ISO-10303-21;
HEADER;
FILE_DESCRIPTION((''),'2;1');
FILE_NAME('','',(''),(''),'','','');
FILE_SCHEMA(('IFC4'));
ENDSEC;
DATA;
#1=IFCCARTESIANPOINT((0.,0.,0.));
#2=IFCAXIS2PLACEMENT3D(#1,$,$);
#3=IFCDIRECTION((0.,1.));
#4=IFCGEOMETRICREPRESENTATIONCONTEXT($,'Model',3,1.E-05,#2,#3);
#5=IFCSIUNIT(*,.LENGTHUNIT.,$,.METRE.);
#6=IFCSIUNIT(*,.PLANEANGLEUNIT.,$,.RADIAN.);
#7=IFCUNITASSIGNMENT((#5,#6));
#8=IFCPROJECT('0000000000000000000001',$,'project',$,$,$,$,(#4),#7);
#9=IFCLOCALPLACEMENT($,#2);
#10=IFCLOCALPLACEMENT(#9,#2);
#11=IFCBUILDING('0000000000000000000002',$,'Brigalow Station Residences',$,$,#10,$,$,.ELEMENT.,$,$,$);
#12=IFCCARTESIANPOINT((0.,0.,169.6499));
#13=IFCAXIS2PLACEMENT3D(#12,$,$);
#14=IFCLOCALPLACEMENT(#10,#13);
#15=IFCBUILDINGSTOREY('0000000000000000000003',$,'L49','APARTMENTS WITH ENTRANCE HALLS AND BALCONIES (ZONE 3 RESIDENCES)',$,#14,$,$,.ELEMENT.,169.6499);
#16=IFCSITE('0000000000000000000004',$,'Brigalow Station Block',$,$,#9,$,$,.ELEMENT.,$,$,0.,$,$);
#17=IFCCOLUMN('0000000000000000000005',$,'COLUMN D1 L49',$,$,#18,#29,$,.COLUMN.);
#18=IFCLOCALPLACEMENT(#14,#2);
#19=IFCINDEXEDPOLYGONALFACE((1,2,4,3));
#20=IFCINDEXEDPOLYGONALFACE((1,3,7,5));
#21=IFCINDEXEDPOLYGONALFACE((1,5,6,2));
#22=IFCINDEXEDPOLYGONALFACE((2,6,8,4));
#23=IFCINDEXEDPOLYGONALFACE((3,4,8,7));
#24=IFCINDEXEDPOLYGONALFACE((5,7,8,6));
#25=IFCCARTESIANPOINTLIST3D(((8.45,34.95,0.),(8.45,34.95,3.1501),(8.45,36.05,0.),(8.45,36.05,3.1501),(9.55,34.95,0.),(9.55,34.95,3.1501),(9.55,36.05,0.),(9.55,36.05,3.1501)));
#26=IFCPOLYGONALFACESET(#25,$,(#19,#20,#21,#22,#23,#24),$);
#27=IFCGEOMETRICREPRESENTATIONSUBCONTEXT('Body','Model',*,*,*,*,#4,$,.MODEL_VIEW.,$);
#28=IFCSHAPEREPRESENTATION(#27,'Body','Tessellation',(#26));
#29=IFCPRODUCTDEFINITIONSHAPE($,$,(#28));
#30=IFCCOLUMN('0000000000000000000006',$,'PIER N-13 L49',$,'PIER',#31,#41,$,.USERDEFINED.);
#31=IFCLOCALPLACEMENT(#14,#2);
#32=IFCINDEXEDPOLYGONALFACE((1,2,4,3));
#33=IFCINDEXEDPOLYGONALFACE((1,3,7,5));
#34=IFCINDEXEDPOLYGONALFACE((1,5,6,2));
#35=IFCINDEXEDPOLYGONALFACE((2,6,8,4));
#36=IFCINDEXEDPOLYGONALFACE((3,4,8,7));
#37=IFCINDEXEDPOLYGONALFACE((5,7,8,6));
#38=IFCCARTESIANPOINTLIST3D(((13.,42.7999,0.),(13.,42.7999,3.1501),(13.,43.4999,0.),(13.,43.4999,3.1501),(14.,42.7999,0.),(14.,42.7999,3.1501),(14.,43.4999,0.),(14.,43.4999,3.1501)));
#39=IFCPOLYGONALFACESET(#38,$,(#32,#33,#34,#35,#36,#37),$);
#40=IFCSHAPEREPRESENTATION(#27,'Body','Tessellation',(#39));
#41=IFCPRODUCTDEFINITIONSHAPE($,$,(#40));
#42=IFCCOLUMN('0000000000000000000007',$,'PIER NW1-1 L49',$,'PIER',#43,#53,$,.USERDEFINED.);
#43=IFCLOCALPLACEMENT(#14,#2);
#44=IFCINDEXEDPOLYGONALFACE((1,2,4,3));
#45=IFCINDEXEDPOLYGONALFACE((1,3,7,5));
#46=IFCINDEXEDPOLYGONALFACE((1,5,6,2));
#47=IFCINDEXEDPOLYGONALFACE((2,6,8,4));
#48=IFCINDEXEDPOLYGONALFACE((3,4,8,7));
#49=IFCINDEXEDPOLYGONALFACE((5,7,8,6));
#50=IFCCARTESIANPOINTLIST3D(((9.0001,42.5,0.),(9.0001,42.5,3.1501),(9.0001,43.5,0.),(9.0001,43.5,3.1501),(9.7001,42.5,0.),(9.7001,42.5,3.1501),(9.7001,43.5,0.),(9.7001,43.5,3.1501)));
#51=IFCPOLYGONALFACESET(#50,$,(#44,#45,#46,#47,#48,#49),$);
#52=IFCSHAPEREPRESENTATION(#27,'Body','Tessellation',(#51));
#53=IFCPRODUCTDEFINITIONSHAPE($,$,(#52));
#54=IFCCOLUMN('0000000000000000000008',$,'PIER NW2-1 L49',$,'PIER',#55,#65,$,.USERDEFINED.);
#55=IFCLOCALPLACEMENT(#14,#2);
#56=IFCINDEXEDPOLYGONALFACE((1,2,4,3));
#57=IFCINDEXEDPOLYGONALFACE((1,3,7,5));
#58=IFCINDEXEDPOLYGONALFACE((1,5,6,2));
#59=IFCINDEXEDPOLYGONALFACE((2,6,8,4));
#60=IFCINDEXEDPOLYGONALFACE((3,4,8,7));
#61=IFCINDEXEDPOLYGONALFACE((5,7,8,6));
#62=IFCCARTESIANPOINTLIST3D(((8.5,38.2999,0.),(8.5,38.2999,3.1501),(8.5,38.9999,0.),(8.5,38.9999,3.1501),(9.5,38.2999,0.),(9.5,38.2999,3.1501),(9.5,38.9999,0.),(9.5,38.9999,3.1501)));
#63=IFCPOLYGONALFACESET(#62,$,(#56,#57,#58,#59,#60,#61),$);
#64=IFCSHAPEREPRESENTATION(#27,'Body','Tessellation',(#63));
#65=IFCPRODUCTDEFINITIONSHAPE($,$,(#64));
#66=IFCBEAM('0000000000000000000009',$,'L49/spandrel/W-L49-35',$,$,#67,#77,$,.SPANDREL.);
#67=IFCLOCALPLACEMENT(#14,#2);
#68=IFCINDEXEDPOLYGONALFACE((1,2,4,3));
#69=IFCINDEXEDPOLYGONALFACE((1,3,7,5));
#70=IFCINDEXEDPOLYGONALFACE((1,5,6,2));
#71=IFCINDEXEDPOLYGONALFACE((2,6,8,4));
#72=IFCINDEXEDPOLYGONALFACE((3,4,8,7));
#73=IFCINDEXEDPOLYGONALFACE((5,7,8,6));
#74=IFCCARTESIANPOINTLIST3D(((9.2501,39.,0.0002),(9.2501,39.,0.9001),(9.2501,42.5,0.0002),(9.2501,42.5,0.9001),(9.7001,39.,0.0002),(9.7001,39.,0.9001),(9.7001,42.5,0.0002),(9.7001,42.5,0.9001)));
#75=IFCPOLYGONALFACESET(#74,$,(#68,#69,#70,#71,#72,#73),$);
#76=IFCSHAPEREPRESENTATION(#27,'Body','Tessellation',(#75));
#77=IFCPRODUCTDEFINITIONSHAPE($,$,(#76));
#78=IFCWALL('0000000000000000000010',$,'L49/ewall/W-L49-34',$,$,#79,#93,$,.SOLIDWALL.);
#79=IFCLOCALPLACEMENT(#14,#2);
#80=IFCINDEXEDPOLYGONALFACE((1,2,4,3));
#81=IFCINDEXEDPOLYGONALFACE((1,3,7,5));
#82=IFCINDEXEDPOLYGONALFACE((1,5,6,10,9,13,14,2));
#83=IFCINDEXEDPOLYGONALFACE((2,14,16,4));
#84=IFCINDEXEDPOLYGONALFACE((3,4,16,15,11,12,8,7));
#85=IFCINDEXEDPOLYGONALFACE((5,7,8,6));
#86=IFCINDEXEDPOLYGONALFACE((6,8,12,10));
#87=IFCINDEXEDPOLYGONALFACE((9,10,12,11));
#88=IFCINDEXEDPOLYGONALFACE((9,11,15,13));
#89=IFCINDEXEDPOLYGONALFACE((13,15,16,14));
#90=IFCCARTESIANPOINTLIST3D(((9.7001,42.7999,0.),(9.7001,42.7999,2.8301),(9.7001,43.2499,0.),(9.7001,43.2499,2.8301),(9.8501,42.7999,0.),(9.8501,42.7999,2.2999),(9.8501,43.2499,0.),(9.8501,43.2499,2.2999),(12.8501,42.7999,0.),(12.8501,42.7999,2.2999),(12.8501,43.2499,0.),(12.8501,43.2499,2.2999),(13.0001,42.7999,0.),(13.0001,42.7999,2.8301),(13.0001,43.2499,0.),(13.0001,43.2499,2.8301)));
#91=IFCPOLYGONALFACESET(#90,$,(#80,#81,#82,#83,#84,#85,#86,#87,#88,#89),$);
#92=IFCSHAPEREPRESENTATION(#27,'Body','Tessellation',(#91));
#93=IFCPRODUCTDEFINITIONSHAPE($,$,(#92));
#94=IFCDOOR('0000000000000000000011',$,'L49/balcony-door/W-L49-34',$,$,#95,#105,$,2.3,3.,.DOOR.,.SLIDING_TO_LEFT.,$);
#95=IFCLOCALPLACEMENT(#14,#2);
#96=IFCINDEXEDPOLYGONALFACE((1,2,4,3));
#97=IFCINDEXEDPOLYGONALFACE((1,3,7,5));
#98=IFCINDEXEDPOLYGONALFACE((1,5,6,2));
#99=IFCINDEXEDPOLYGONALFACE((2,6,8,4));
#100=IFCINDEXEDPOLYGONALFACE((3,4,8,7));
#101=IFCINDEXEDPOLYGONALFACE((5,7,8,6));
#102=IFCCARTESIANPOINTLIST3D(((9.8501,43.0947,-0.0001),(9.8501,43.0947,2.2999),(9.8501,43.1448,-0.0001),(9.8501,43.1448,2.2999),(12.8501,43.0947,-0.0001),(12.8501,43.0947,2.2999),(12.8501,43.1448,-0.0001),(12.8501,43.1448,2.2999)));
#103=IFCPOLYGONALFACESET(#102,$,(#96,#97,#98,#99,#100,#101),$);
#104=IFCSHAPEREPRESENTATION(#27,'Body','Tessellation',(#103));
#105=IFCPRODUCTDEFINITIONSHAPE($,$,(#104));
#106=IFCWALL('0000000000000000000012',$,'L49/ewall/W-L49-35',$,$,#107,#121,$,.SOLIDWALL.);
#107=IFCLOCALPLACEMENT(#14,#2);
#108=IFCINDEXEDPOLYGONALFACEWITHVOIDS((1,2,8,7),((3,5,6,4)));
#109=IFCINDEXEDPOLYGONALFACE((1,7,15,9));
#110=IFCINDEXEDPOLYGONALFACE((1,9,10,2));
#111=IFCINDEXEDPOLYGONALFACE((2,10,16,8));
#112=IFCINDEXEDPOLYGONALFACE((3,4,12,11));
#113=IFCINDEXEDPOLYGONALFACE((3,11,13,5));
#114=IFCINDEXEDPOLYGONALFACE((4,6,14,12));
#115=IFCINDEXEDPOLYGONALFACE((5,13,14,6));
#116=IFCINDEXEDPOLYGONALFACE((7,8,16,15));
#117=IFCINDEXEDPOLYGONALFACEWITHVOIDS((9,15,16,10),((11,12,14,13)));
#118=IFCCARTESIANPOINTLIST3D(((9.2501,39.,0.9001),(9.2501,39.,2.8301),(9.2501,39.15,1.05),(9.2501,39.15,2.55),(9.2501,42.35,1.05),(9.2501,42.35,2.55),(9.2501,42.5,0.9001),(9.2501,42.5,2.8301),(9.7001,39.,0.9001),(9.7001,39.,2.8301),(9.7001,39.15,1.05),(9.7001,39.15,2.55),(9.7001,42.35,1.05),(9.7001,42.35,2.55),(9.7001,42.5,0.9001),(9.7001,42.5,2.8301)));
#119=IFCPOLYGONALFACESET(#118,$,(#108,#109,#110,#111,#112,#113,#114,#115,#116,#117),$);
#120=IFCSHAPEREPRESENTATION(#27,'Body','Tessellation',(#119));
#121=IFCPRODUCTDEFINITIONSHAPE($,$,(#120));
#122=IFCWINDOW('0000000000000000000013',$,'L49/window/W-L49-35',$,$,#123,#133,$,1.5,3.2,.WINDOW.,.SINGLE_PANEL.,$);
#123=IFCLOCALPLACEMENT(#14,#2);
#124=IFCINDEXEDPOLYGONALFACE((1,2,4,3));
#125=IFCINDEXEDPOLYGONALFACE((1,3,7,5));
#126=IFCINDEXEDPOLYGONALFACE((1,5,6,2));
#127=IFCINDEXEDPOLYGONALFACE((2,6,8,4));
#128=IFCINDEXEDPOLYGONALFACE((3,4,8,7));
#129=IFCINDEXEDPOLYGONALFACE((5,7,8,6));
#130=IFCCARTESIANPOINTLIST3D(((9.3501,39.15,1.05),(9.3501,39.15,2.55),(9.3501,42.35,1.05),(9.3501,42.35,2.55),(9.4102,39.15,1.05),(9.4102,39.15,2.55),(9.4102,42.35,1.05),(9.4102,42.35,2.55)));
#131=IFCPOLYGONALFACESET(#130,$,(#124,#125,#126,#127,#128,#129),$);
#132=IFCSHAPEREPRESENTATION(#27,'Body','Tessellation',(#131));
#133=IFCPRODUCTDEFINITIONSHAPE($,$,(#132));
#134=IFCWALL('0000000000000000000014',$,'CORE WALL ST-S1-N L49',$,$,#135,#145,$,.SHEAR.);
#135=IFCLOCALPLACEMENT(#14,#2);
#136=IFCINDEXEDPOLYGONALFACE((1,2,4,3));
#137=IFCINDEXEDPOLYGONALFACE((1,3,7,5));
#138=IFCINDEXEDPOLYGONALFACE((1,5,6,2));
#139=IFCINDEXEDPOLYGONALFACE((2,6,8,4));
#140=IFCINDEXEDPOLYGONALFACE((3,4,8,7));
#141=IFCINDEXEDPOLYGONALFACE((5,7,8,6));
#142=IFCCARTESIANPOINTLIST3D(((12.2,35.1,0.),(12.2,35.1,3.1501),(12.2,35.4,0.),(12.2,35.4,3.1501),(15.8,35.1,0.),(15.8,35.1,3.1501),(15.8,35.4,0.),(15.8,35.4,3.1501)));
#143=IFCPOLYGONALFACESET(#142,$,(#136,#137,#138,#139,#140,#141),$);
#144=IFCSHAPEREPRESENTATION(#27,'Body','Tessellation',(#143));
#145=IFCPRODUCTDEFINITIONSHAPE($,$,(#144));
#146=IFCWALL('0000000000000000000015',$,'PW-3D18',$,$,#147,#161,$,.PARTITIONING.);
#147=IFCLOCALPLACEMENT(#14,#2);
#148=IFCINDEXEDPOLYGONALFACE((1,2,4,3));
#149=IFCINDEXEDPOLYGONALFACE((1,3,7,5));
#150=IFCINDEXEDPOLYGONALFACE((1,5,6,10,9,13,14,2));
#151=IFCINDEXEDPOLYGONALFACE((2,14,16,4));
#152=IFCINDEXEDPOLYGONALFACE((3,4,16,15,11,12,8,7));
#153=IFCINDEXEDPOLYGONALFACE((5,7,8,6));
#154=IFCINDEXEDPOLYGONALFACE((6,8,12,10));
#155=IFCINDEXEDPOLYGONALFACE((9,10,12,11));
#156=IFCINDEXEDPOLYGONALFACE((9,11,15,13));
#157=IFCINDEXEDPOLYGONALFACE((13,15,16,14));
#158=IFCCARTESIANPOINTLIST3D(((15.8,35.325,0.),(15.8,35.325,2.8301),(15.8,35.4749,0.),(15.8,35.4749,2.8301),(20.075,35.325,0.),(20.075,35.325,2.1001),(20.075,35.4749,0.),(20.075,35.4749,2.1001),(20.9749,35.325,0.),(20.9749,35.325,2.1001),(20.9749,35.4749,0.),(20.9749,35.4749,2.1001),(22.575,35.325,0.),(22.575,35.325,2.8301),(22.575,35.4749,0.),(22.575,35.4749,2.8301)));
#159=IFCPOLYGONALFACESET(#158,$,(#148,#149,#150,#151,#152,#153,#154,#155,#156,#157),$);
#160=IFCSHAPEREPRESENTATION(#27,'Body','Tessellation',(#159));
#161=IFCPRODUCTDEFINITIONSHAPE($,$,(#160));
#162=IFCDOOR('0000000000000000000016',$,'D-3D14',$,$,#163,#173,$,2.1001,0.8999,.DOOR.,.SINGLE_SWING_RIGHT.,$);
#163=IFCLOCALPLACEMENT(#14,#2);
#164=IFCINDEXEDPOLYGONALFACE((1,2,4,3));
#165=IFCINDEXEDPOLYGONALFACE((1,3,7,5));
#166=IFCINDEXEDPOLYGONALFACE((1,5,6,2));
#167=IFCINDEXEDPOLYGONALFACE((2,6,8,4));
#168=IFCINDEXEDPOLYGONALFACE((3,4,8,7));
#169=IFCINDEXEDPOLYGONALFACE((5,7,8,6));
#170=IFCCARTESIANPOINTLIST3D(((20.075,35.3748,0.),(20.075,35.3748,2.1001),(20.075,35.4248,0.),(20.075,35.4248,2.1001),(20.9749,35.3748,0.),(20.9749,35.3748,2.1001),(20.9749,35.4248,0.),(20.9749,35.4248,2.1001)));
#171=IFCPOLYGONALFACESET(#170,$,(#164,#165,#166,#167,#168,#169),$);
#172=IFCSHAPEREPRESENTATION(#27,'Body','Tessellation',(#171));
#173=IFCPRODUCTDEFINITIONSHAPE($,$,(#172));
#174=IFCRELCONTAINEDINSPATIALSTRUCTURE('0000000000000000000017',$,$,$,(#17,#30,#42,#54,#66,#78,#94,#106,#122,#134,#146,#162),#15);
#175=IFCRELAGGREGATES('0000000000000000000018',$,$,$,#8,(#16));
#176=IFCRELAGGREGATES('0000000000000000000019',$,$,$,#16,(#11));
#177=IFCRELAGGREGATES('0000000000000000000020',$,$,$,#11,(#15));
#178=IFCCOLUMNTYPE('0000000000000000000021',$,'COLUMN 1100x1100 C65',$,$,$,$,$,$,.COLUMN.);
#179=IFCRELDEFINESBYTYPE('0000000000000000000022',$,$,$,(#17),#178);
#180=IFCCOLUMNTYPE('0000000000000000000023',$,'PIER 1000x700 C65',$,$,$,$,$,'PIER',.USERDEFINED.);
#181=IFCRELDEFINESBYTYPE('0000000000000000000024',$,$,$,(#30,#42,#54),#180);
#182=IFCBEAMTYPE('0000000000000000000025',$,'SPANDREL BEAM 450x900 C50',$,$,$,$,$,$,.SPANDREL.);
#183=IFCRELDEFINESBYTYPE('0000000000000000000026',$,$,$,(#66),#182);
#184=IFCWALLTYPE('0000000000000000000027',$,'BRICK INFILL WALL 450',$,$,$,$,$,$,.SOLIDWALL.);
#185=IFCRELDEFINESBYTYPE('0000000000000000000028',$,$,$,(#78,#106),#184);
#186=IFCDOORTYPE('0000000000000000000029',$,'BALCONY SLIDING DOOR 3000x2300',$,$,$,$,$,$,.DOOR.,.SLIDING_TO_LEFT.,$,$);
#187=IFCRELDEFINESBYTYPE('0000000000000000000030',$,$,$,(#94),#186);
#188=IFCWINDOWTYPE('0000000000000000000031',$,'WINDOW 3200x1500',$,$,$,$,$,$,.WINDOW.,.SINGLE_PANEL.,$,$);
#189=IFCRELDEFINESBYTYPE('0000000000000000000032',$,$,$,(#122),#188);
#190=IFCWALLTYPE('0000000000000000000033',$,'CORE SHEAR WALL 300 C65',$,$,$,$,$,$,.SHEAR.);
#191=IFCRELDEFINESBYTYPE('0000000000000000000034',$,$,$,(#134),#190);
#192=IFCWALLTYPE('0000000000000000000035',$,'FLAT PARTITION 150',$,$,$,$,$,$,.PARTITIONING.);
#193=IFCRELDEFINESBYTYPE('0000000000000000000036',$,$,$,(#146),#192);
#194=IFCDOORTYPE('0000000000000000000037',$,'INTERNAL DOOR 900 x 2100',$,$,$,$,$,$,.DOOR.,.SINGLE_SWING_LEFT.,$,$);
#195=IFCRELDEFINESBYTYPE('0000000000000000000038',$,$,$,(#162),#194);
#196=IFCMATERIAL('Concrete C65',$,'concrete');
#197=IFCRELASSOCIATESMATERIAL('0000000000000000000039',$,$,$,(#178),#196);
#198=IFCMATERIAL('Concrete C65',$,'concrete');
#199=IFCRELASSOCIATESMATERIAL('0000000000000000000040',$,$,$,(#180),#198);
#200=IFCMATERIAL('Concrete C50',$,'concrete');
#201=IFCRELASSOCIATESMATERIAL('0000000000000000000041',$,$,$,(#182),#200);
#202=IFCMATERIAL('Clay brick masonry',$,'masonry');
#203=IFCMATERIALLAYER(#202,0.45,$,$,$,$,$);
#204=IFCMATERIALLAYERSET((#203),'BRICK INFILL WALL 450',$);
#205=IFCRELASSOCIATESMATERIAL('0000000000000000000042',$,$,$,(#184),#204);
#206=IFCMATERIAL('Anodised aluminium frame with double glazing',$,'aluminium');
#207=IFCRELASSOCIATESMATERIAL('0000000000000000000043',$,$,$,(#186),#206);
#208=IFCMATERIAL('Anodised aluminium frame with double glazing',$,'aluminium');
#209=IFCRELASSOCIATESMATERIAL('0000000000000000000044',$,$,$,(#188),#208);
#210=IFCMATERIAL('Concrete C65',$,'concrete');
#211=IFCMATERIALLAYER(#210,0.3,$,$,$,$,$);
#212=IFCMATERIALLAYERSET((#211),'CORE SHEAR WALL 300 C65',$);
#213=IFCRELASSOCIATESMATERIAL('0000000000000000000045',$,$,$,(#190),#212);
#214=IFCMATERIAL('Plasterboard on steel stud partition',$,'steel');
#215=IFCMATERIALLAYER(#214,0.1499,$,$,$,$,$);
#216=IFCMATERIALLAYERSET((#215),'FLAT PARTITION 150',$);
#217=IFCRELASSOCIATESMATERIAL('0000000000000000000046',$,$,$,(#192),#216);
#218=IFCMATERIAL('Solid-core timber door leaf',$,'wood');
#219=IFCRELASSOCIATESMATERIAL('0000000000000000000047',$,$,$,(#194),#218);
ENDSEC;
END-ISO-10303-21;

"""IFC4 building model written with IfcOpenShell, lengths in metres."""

from ifc_helpers import new_model, si_unit, direction, frame, frame_2d, origin, origin_2d, place, context, subcontext, project, spatial, rectangle, extrude, material, layer, layer_set, material_profile, profile_set, type_object, element, fill, save


model = new_model("IFC4")

# Units and contexts
model_context = context("Model", 3, precision=1e-05, world=origin(), true_north=direction((0.0, 1.0)))
body_context = subcontext(model_context, "Body", "Model", "MODEL_VIEW")
ifc_project = project(units=[si_unit("LENGTHUNIT", "METRE"), si_unit("PLANEANGLEUNIT", "RADIAN")], contexts=[model_context])

# Site, building, storey
site_placement = place(None, origin())
site = spatial("IfcSite", under=ifc_project, at=site_placement, Name="Brigalow Station Block", CompositionType="ELEMENT", RefElevation=0.0)
building_placement = place(site_placement, origin())
building = spatial("IfcBuilding", under=site, at=building_placement, Name="Brigalow Station Residences", CompositionType="ELEMENT")
storey_placement = place(building_placement, frame((0.0, 0.0, 169.6499)))
storey = spatial("IfcBuildingStorey", under=building, at=storey_placement, Name="L49", Description="APARTMENTS WITH ENTRANCE HALLS AND BALCONIES (ZONE 3 RESIDENCES)", CompositionType="ELEMENT", Elevation=169.6499)

# Columns
ifc_material_1 = material(Name="Concrete C65", Category="concrete")
ifc_material_profile_1 = material_profile(ifc_material_1, rectangle(XDim=1.1001, YDim=1.1001, at=origin_2d()), Name="RC1100x1100")
ifc_profile_set_1 = profile_set([ifc_material_profile_1], Name="Concrete C65")
column_type_1 = type_object("IfcColumnType", Name="COLUMN 1100x1100 C65", PredefinedType="COLUMN", material=ifc_profile_set_1)
column_placement = place(storey_placement, frame((9.0, 35.5, 0.0), z_axis=(0.0, 0.0, 1.0), x_axis=(1.0, 0.0, 0.0)))
element("IfcColumn", 1, at=column_placement, inside=storey, type_object=column_type_1, Name="COLUMN D1 L49", PredefinedType="COLUMN", context=body_context, shape_type="SweptSolid", body=[
    extrude(rectangle(XDim=1.1001, YDim=1.1001, at=origin_2d()), origin(), (0.0, 0.0, 1.0), 3.1501),
])
ifc_material_2 = material(Name="Concrete C65", Category="concrete")
ifc_material_profile_2 = material_profile(ifc_material_2, rectangle(XDim=1.0, YDim=0.7, at=origin_2d()), Name="RC1000x700")
ifc_profile_set_2 = profile_set([ifc_material_profile_2], Name="Concrete C65")
column_type_2 = type_object("IfcColumnType", Name="PIER 1000x700 C65", ElementType="PIER", PredefinedType="USERDEFINED", material=ifc_profile_set_2)
for number, where, z_axis, x_axis, name in (
    (2, (13.5, 43.1499, 0.0), (0.0, 0.0, 1.0), (-1.0, 0.0, 0.0), "PIER N-13 L49"),
    (3, (9.3501, 43.0, 0.0), (0.0, 0.0, 1.0), (0.0, -1.0, 0.0), "PIER NW1-1 L49"),
    (4, (9.0, 38.6499, 0.0), (0.0, 0.0, 1.0), (-1.0, 0.0, 0.0), "PIER NW2-1 L49"),
):
    element("IfcColumn", number, at=place(storey_placement, frame(where, z_axis=z_axis, x_axis=x_axis)), inside=storey, type_object=column_type_2, Name=name, ObjectType="PIER", PredefinedType="USERDEFINED", context=body_context, shape_type="SweptSolid", body=[
        extrude(rectangle(XDim=1.0, YDim=0.7, at=origin_2d()), origin(), (0.0, 0.0, 1.0), 3.1501),
    ])

# Beam
ifc_material_3 = material(Name="Concrete C50", Category="concrete")
ifc_material_profile_3 = material_profile(ifc_material_3, rectangle(XDim=0.45, YDim=0.8999, at=origin_2d()), Name="RC450x900")
ifc_profile_set_3 = profile_set([ifc_material_profile_3], Name="Concrete C50")
beam_type = type_object("IfcBeamType", Name="SPANDREL BEAM 450x900 C50", PredefinedType="SPANDREL", material=ifc_profile_set_3)
beam_placement = place(storey_placement, frame((9.4751, 42.5, 0.4502), z_axis=(0.0, -1.0, 0.0), x_axis=(1.0, 0.0, 0.0)))
element("IfcBeam", 5, at=beam_placement, inside=storey, type_object=beam_type, Name="L49/spandrel/W-L49-35", PredefinedType="SPANDREL", context=body_context, shape_type="SweptSolid", body=[
    extrude(rectangle(XDim=0.45, YDim=0.8999, at=origin_2d()), origin(), (0.0, 0.0, 1.0), 3.5),
])

# Wall, opening, door
ifc_material_4 = material(Name="Clay brick masonry", Category="masonry")
ifc_layer_1 = layer(ifc_material_4, 0.45)
ifc_layer_set_1 = layer_set([ifc_layer_1], Name="BRICK INFILL WALL 450")
wall_type_1 = type_object("IfcWallType", Name="BRICK INFILL WALL 450", PredefinedType="SOLIDWALL", material=ifc_layer_set_1)
wall_1_placement = place(storey_placement, frame((13.0, 43.0249, 0.0), z_axis=(0.0, 0.0, 1.0), x_axis=(-1.0, 0.0, 0.0)))
wall_1 = element("IfcWall", 6, at=wall_1_placement, inside=storey, type_object=wall_type_1, Name="L49/ewall/W-L49-34", PredefinedType="SOLIDWALL", context=body_context, shape_type="SweptSolid", body=[
    extrude(rectangle(XDim=3.3, YDim=0.45, at=frame_2d((1.6499, 0.0))), origin(), (0.0, 0.0, 1.0), 2.8301),
])
opening_1_placement = place(wall_1_placement, frame((0.1499, 0.0, 0.0)))
opening_1 = element("IfcOpeningElement", 7, at=opening_1_placement, cuts=wall_1, PredefinedType="OPENING", context=body_context, shape_type="SweptSolid", body=[
    extrude(rectangle(XDim=3.0, YDim=2.3, at=frame_2d((1.5, 1.1499))), frame((0.0, 0.2349, 0.0), z_axis=(0.0, -1.0, 0.0), x_axis=(1.0, 0.0, 0.0)), (0.0, 0.0, 1.0), 0.47),
])
ifc_material_5 = material(Name="Anodised aluminium frame with double glazing", Category="aluminium")
door_type_1 = type_object("IfcDoorType", Name="BALCONY SLIDING DOOR 3000x2300", OperationType="SLIDING_TO_LEFT", PredefinedType="DOOR", material=ifc_material_5)
door_1_placement = place(opening_1_placement, origin())
door_1 = element("IfcDoor", 8, at=door_1_placement, inside=storey, type_object=door_type_1, Name="L49/balcony-door/W-L49-34", OperationType="SLIDING_TO_LEFT", OverallHeight=2.3, OverallWidth=3.0, PredefinedType="DOOR", context=body_context, shape_type="SweptSolid", body=[
    extrude(rectangle(XDim=3.0, YDim=2.3, at=frame_2d((1.5, 1.1499))), frame((0.0, -0.0698, 0.0), z_axis=(0.0, -1.0, 0.0), x_axis=(1.0, 0.0, 0.0)), (0.0, 0.0, 1.0), 0.05),
])
fill(opening_1, door_1)

# Wall, opening, window
wall_2_placement = place(storey_placement, frame((9.4751, 42.5, 0.9001), z_axis=(0.0, 0.0, 1.0), x_axis=(0.0, -1.0, 0.0)))
wall_2 = element("IfcWall", 9, at=wall_2_placement, inside=storey, type_object=wall_type_1, Name="L49/ewall/W-L49-35", PredefinedType="SOLIDWALL", context=body_context, shape_type="SweptSolid", body=[
    extrude(rectangle(XDim=3.5, YDim=0.45, at=frame_2d((1.75, 0.0))), origin(), (0.0, 0.0, 1.0), 1.9299),
])
opening_2_placement = place(wall_2_placement, frame((0.1499, 0.0, 0.1499)))
opening_2 = element("IfcOpeningElement", 10, at=opening_2_placement, cuts=wall_2, PredefinedType="OPENING", context=body_context, shape_type="SweptSolid", body=[
    extrude(rectangle(XDim=3.2, YDim=1.5, at=frame_2d((1.6001, 0.75))), frame((0.0, 0.2349, 0.0), z_axis=(0.0, -1.0, 0.0), x_axis=(1.0, 0.0, 0.0)), (0.0, 0.0, 1.0), 0.47),
])
ifc_material_6 = material(Name="Anodised aluminium frame with double glazing", Category="aluminium")
window_type = type_object("IfcWindowType", Name="WINDOW 3200x1500", PartitioningType="SINGLE_PANEL", PredefinedType="WINDOW", material=ifc_material_6)
window_placement = place(opening_2_placement, origin())
window = element("IfcWindow", 11, at=window_placement, inside=storey, type_object=window_type, Name="L49/window/W-L49-35", OverallHeight=1.5, OverallWidth=3.2, PartitioningType="SINGLE_PANEL", PredefinedType="WINDOW", context=body_context, shape_type="SweptSolid", body=[
    extrude(rectangle(XDim=3.2, YDim=1.5, at=frame_2d((1.6001, 0.75))), frame((0.0, -0.0649, 0.0), z_axis=(0.0, -1.0, 0.0), x_axis=(1.0, 0.0, 0.0)), (0.0, 0.0, 1.0), 0.0601),
])
fill(opening_2, window)

# Wall
ifc_material_7 = material(Name="Concrete C65", Category="concrete")
ifc_layer_2 = layer(ifc_material_7, 0.3)
ifc_layer_set_2 = layer_set([ifc_layer_2], Name="CORE SHEAR WALL 300 C65")
wall_type_2 = type_object("IfcWallType", Name="CORE SHEAR WALL 300 C65", PredefinedType="SHEAR", material=ifc_layer_set_2)
wall_3_placement = place(storey_placement, frame((12.2, 35.25, 0.0), z_axis=(0.0, 0.0, 1.0), x_axis=(1.0, 0.0, 0.0)))
element("IfcWall", 12, at=wall_3_placement, inside=storey, type_object=wall_type_2, Name="CORE WALL ST-S1-N L49", PredefinedType="SHEAR", context=body_context, shape_type="SweptSolid", body=[
    extrude(rectangle(XDim=3.6001, YDim=0.3, at=frame_2d((1.8, 0.0))), origin(), (0.0, 0.0, 1.0), 3.1501),
])

# Wall, opening, door
ifc_material_8 = material(Name="Plasterboard on steel stud partition", Category="steel")
ifc_layer_3 = layer(ifc_material_8, 0.1499)
ifc_layer_set_3 = layer_set([ifc_layer_3], Name="FLAT PARTITION 150")
wall_type_3 = type_object("IfcWallType", Name="FLAT PARTITION 150", PredefinedType="PARTITIONING", material=ifc_layer_set_3)
wall_4_placement = place(storey_placement, frame((15.8, 35.3999, 0.0), z_axis=(0.0, 0.0, 1.0), x_axis=(1.0, 0.0, 0.0)))
wall_4 = element("IfcWall", 13, at=wall_4_placement, inside=storey, type_object=wall_type_3, Name="PW-3D18", PredefinedType="PARTITIONING", context=body_context, shape_type="SweptSolid", body=[
    extrude(rectangle(XDim=6.7749, YDim=0.1499, at=frame_2d((3.3875, 0.0))), origin(), (0.0, 0.0, 1.0), 2.8301),
])
opening_3_placement = place(wall_4_placement, frame((4.2749, 0.0, 0.0)))
opening_3 = element("IfcOpeningElement", 14, at=opening_3_placement, cuts=wall_4, PredefinedType="OPENING", context=body_context, shape_type="SweptSolid", body=[
    extrude(rectangle(XDim=0.8999, YDim=2.1001, at=frame_2d((0.45, 1.05))), frame((0.0, 0.085, 0.0), z_axis=(0.0, -1.0, 0.0), x_axis=(1.0, 0.0, 0.0)), (0.0, 0.0, 1.0), 0.1699),
])
ifc_material_9 = material(Name="Solid-core timber door leaf", Category="wood")
door_type_2 = type_object("IfcDoorType", Name="INTERNAL DOOR 900 x 2100", OperationType="SINGLE_SWING_LEFT", PredefinedType="DOOR", material=ifc_material_9)
door_2_placement = place(opening_3_placement, origin())
door_2 = element("IfcDoor", 15, at=door_2_placement, inside=storey, type_object=door_type_2, Name="D-3D14", OperationType="SINGLE_SWING_RIGHT", OverallHeight=2.1001, OverallWidth=0.8999, PredefinedType="DOOR", context=body_context, shape_type="SweptSolid", body=[
    extrude(rectangle(XDim=0.8999, YDim=2.1001, at=frame_2d((0.45, 1.05))), frame((0.0, 0.0249, 0.0), z_axis=(0.0, -1.0, 0.0), x_axis=(1.0, 0.0, 0.0)), (0.0, 0.0, 1.0), 0.05),
])
fill(opening_3, door_2)

save(model, "model.ifc")
